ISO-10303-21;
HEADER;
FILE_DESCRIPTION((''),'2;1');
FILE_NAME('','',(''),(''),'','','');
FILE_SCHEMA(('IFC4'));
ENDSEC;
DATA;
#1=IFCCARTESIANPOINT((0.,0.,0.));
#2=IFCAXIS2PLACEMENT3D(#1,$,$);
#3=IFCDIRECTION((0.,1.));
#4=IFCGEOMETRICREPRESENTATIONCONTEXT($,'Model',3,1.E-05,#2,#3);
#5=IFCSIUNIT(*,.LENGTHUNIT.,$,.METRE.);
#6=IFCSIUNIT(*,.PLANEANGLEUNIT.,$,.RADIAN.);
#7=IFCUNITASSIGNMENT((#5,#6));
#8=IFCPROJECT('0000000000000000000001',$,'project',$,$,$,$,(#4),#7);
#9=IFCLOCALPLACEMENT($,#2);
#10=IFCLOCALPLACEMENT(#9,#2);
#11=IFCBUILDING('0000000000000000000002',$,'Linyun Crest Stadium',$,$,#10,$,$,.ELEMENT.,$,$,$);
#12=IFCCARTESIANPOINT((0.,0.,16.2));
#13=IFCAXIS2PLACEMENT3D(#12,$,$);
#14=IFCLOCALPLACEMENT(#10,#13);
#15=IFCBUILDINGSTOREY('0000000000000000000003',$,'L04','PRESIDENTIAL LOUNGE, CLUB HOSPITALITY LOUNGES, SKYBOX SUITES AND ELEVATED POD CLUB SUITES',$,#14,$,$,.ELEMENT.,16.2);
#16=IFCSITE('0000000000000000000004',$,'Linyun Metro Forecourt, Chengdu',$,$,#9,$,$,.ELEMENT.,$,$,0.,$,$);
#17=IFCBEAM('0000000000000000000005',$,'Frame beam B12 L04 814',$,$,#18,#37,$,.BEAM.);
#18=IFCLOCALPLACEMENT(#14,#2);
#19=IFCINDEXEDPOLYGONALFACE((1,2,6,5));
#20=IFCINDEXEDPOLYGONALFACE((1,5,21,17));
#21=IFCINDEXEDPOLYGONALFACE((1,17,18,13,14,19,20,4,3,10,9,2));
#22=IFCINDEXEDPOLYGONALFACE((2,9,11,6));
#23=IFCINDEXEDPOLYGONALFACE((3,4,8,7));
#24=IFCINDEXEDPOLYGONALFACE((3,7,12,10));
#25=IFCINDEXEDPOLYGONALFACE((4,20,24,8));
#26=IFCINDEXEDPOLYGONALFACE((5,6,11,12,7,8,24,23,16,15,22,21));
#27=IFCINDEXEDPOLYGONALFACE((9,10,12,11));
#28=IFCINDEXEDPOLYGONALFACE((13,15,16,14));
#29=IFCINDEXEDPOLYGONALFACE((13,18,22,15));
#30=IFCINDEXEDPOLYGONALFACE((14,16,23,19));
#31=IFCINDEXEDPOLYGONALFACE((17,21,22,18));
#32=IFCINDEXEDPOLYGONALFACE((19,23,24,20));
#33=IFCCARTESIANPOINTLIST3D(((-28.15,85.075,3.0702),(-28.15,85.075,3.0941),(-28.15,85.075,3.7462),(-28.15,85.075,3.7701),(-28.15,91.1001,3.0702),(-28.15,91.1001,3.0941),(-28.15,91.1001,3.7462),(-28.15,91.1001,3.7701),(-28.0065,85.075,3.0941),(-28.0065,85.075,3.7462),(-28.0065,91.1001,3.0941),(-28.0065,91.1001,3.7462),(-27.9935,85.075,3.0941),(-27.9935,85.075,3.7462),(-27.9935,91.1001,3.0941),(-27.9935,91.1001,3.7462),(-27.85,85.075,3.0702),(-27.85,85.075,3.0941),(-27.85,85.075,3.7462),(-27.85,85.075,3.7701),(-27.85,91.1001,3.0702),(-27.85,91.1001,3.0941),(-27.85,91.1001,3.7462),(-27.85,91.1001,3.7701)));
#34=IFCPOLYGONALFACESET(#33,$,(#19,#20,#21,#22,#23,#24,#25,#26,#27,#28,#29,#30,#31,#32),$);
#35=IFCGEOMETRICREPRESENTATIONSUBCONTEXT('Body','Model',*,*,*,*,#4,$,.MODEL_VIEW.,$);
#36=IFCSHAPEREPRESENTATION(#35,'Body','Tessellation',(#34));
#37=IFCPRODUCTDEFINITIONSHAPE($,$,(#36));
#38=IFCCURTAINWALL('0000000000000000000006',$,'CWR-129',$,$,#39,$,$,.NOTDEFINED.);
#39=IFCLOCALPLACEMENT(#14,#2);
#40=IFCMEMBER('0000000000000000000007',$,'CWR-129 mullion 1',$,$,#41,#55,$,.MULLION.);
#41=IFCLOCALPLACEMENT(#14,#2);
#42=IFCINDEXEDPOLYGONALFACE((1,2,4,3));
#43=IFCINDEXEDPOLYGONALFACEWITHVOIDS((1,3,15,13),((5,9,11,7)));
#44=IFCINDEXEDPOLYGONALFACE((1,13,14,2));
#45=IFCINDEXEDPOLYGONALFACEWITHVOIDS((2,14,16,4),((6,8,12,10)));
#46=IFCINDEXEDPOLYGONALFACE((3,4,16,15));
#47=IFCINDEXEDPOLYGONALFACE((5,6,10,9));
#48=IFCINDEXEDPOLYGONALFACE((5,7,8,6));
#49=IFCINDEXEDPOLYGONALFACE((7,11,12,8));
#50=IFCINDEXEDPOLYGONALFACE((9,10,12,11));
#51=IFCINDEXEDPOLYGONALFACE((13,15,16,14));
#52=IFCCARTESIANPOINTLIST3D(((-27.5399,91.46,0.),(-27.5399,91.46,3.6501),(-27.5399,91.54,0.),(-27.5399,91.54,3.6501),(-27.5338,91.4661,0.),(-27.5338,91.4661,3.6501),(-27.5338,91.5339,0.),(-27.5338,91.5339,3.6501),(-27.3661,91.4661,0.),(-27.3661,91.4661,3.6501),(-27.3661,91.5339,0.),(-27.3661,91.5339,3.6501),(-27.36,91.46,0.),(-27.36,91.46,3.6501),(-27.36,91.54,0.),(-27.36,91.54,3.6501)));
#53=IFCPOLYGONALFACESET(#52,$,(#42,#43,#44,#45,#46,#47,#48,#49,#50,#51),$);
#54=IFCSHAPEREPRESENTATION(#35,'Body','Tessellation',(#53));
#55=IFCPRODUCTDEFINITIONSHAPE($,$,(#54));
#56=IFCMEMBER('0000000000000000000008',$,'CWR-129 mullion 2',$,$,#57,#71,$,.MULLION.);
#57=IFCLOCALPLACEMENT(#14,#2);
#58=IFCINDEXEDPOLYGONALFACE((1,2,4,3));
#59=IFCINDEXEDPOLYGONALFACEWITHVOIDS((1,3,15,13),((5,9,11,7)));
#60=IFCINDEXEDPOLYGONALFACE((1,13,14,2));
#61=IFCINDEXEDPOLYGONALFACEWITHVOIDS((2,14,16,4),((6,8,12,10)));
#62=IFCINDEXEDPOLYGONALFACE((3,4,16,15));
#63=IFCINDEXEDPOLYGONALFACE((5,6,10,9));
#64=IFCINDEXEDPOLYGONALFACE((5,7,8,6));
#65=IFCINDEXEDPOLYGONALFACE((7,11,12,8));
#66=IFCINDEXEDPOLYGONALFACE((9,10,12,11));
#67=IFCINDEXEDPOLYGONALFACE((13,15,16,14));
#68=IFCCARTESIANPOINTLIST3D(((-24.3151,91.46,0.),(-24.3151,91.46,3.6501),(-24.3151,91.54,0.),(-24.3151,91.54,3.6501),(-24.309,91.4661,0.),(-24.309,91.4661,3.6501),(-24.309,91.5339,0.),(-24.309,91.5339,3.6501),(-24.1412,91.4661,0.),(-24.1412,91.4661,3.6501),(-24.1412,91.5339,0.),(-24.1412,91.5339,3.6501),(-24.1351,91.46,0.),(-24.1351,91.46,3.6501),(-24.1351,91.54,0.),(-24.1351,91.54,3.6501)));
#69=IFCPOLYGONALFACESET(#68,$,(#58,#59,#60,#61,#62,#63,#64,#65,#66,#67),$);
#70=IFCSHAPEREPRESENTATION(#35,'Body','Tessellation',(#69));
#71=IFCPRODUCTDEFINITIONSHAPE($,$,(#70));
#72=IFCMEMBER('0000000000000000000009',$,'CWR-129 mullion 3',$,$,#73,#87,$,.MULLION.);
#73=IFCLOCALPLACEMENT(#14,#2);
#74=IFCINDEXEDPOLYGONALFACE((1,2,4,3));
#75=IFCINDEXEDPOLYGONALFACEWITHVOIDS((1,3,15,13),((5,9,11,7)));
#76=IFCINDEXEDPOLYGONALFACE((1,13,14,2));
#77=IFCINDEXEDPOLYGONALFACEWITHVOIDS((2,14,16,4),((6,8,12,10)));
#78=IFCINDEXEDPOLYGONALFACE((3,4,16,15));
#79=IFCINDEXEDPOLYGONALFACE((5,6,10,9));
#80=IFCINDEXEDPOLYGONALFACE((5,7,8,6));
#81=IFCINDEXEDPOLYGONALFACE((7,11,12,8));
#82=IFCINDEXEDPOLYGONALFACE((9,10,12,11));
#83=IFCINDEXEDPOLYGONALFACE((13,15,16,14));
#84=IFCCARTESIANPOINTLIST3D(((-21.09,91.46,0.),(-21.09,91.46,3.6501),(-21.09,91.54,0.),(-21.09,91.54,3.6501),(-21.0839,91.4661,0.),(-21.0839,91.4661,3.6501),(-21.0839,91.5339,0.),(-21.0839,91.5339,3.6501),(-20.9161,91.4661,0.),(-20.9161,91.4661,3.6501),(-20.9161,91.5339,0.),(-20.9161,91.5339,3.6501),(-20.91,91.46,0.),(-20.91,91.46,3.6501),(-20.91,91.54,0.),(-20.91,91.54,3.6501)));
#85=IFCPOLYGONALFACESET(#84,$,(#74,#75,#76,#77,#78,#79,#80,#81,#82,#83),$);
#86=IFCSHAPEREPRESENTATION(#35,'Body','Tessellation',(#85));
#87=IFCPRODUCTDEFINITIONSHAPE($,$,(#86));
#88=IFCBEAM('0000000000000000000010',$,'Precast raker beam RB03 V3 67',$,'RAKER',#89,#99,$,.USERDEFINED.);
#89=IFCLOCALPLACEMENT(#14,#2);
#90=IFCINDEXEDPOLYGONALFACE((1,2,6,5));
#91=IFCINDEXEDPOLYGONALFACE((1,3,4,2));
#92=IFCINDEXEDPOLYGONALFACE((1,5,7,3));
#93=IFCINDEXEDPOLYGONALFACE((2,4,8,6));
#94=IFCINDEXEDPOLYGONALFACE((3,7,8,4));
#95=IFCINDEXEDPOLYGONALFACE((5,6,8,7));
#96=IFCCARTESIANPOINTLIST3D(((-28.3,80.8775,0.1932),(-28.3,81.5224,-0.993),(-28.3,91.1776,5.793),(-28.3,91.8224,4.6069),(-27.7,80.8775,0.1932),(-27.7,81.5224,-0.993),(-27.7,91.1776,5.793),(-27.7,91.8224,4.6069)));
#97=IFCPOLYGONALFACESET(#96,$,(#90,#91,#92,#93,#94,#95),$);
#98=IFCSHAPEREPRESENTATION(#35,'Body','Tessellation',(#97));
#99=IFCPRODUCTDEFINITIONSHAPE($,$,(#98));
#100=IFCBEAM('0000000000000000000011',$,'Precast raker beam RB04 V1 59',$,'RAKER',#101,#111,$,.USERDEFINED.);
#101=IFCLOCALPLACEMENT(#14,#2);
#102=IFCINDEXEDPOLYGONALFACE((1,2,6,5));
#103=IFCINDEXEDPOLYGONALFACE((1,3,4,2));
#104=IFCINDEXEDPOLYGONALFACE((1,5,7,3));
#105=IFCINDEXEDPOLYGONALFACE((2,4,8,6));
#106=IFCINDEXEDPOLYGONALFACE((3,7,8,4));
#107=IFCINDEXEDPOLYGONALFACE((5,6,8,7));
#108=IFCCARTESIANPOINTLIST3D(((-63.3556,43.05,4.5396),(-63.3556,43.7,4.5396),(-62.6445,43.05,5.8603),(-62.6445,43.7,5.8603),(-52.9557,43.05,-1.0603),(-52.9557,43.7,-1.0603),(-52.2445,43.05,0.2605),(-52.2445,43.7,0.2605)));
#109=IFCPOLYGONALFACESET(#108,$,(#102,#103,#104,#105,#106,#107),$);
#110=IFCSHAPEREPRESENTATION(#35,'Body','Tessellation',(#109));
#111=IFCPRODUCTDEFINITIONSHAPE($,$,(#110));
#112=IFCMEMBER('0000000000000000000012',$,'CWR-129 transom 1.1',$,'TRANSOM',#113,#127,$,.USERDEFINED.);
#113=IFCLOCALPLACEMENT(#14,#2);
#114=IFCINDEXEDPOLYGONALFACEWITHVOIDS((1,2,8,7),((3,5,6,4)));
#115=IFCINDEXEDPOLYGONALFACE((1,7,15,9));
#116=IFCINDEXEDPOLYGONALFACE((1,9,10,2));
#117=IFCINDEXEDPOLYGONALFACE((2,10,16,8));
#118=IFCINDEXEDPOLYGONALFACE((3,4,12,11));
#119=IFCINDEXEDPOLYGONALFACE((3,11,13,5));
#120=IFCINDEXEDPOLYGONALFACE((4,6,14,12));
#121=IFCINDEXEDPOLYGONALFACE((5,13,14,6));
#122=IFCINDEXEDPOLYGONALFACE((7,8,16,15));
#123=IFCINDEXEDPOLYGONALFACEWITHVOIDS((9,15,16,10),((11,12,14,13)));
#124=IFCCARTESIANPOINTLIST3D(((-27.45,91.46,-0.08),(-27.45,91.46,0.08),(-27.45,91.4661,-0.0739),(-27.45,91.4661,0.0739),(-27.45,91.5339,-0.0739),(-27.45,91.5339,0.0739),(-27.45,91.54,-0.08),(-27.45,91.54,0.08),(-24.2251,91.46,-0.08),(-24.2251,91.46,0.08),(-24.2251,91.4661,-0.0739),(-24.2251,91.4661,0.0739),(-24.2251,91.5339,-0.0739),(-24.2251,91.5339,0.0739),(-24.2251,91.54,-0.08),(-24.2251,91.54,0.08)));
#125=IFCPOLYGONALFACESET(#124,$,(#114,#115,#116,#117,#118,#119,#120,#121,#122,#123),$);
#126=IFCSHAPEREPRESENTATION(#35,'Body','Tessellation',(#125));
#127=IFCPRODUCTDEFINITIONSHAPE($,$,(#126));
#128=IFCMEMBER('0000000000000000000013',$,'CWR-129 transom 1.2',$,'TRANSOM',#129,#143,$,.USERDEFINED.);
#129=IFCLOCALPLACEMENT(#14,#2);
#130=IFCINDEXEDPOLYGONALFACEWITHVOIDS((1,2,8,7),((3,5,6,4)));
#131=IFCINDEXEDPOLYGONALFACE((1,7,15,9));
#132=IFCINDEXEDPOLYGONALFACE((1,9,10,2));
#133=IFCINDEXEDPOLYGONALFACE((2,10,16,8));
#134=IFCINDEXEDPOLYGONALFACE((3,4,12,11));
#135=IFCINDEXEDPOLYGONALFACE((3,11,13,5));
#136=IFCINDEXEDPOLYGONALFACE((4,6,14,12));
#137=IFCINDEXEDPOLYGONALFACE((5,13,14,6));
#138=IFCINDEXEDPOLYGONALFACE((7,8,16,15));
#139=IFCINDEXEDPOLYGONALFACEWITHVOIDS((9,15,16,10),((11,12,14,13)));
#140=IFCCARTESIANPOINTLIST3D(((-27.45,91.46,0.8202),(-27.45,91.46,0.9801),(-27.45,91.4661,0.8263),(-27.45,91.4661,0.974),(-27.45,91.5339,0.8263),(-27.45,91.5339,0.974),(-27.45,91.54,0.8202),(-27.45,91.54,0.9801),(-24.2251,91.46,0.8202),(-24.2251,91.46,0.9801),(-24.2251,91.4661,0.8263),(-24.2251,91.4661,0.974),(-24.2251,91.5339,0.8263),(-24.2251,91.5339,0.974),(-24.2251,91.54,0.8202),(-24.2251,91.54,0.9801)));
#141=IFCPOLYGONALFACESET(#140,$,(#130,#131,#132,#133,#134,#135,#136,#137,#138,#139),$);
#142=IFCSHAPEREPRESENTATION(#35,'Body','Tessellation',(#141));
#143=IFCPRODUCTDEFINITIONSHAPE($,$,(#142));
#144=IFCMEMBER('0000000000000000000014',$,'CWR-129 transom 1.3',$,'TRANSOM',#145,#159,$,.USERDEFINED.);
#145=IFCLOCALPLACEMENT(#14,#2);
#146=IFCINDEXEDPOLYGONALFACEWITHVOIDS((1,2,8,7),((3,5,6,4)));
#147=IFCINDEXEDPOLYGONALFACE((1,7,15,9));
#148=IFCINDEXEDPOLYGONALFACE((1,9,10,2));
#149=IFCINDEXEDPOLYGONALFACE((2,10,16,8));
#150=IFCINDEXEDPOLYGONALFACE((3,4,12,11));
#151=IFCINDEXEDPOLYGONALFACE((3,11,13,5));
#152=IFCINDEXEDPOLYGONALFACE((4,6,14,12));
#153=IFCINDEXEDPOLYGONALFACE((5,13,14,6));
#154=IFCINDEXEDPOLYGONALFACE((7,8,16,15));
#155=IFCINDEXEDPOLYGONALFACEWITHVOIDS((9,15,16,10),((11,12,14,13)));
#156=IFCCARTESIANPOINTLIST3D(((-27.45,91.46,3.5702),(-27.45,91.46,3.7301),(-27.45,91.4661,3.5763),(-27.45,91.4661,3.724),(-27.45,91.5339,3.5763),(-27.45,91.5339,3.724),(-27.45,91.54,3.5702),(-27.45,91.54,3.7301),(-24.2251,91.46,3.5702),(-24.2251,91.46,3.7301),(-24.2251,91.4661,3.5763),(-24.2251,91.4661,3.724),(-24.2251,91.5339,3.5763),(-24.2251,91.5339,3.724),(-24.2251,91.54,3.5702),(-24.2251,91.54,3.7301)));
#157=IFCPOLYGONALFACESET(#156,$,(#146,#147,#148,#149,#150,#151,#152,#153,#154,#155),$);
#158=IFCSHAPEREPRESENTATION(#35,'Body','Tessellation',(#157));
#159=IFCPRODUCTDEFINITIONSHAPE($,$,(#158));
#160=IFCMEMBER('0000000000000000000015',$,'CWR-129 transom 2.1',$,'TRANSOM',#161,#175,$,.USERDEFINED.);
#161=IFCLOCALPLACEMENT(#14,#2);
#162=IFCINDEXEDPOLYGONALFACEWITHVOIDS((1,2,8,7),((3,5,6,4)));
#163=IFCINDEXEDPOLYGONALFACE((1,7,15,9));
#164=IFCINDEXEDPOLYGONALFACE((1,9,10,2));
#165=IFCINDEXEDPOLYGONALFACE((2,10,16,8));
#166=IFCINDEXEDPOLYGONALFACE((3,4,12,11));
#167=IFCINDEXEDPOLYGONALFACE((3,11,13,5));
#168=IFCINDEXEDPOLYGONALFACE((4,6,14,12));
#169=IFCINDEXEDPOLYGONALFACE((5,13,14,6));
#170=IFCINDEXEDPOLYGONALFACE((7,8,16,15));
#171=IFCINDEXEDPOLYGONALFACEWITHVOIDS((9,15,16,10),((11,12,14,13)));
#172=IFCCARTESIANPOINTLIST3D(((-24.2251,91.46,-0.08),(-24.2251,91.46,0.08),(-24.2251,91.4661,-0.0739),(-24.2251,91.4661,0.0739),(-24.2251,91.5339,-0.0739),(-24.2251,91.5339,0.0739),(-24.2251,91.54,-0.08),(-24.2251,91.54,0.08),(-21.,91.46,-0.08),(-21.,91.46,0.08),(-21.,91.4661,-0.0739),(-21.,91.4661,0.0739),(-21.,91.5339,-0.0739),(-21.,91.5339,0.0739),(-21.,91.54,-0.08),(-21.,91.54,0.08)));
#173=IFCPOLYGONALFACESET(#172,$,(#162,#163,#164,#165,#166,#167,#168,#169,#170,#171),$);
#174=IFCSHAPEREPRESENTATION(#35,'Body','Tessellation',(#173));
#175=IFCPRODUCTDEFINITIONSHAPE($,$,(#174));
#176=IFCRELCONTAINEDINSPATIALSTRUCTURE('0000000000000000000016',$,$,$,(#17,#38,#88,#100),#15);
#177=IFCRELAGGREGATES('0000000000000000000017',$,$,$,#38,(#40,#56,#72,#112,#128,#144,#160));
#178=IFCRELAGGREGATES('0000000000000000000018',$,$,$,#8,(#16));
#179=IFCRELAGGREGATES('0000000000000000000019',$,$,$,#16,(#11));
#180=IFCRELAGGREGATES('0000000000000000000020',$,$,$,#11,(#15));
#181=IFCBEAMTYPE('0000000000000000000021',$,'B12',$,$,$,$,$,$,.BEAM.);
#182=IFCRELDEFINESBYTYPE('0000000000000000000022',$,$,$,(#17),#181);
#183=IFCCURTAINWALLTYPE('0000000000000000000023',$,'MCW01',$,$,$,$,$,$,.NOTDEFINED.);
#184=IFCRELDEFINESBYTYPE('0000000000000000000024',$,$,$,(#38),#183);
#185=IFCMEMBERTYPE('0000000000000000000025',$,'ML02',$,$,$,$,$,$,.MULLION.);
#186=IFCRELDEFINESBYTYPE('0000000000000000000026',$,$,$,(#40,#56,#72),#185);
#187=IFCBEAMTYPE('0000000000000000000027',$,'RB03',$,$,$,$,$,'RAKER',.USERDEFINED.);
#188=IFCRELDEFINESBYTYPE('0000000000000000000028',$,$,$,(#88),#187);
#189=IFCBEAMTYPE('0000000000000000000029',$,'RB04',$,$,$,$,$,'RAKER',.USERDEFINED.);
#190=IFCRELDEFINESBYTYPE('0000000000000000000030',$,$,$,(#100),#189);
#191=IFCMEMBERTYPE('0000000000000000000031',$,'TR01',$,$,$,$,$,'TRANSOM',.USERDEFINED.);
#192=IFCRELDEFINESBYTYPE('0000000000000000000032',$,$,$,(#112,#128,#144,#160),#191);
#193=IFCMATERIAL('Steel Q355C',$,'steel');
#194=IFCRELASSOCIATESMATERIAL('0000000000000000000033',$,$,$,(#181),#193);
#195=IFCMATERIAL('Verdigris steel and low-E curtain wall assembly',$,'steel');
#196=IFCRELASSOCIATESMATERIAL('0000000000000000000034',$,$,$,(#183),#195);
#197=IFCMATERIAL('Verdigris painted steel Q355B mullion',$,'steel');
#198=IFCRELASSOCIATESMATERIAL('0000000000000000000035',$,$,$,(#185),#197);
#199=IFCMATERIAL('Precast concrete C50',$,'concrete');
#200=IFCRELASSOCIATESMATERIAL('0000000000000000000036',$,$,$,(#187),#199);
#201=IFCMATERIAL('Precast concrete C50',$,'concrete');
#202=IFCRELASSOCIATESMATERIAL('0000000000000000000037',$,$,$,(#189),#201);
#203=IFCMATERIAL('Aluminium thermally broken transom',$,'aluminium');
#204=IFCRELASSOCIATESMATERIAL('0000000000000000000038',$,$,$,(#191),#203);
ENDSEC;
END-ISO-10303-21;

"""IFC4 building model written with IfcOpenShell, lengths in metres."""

from ifc_helpers import new_model, si_unit, direction, frame, origin, origin_2d, place, context, subcontext, project, spatial, rectangle, hollow_rectangle, i_section, extrude, material, material_profile, profile_set, type_object, element, aggregate, save


model = new_model("IFC4")

# Units and contexts
model_context = context("Model", 3, precision=1e-05, world=origin(), true_north=direction((0.0, 1.0)))
body_context = subcontext(model_context, "Body", "Model", "MODEL_VIEW")
ifc_project = project(units=[si_unit("LENGTHUNIT", "METRE"), si_unit("PLANEANGLEUNIT", "RADIAN")], contexts=[model_context])

# Site, building, storey
site_placement = place(None, origin())
site = spatial("IfcSite", under=ifc_project, at=site_placement, Name="Linyun Metro Forecourt, Chengdu", CompositionType="ELEMENT", RefElevation=0.0)
building_placement = place(site_placement, origin())
building = spatial("IfcBuilding", under=site, at=building_placement, Name="Linyun Crest Stadium", CompositionType="ELEMENT")
storey_placement = place(building_placement, frame((0.0, 0.0, 16.2)))
storey = spatial("IfcBuildingStorey", under=building, at=storey_placement, Name="L04", Description="PRESIDENTIAL LOUNGE, CLUB HOSPITALITY LOUNGES, SKYBOX SUITES AND ELEVATED POD CLUB SUITES", CompositionType="ELEMENT", Elevation=16.2)

# Beam
ifc_material_1 = material(Name="Steel Q355C", Category="steel")
ifc_material_profile_1 = material_profile(ifc_material_1, i_section(OverallWidth=0.3, OverallDepth=0.7, WebThickness=0.0129, FlangeThickness=0.0239, at=origin_2d()), Name="HN 700x300")
ifc_profile_set_1 = profile_set([ifc_material_profile_1], Name="Steel Q355C")
beam_type_1 = type_object("IfcBeamType", Name="B12", PredefinedType="BEAM", material=ifc_profile_set_1)
beam_1_placement = place(storey_placement, frame((-28.0, 85.075, 3.4202), z_axis=(0.0, 1.0, 0.0), x_axis=(-1.0, 0.0, 0.0)))
element("IfcBeam", 1, at=beam_1_placement, inside=storey, type_object=beam_type_1, Name="Frame beam B12 L04 814", PredefinedType="BEAM", context=body_context, shape_type="SweptSolid", body=[
    extrude(i_section(OverallWidth=0.3, OverallDepth=0.7, WebThickness=0.0129, FlangeThickness=0.0239, at=origin_2d()), origin(), (0.0, 0.0, 1.0), 6.0251),
])

# Curtain wall, members
ifc_material_2 = material(Name="Verdigris steel and low-E curtain wall assembly", Category="steel")
curtain_wall_type_1 = type_object("IfcCurtainWallType", Name="MCW01", PredefinedType="NOTDEFINED", material=ifc_material_2)
curtain_wall_1_placement = place(storey_placement, origin())
curtain_wall_1 = element("IfcCurtainWall", 2, at=curtain_wall_1_placement, inside=storey, type_object=curtain_wall_type_1, Name="CWR-129", PredefinedType="NOTDEFINED")
ifc_material_3 = material(Name="Verdigris painted steel Q355B mullion", Category="steel")
ifc_material_profile_2 = material_profile(ifc_material_3, hollow_rectangle(XDim=0.0801, YDim=0.1799, WallThickness=0.0061, at=origin_2d()), Name="RHS 180x80x6")
ifc_profile_set_2 = profile_set([ifc_material_profile_2], Name="Verdigris painted steel Q355B mullion")
member_type_1 = type_object("IfcMemberType", Name="ML02", PredefinedType="MULLION", material=ifc_profile_set_2)
member_1_placement = place(storey_placement, frame((-27.45, 91.5, 0.0), z_axis=(0.0, 0.0, 1.0), x_axis=(0.0, 1.0, 0.0)))
member_1 = element("IfcMember", 3, at=member_1_placement, type_object=member_type_1, Name="CWR-129 mullion 1", PredefinedType="MULLION", context=body_context, shape_type="SweptSolid", body=[
    extrude(hollow_rectangle(XDim=0.0801, YDim=0.1799, WallThickness=0.0061, at=origin_2d()), origin(), (0.0, 0.0, 1.0), 3.6501),
])
member_2_placement = place(storey_placement, frame((-24.2251, 91.5, 0.0), z_axis=(0.0, 0.0, 1.0), x_axis=(0.0, 1.0, 0.0)))
member_2 = element("IfcMember", 4, at=member_2_placement, type_object=member_type_1, Name="CWR-129 mullion 2", PredefinedType="MULLION", context=body_context, shape_type="SweptSolid", body=[
    extrude(hollow_rectangle(XDim=0.0801, YDim=0.1799, WallThickness=0.0061, at=origin_2d()), origin(), (0.0, 0.0, 1.0), 3.6501),
])
member_3_placement = place(storey_placement, frame((-21.0, 91.5, 0.0), z_axis=(0.0, 0.0, 1.0), x_axis=(0.0, 1.0, 0.0)))
member_3 = element("IfcMember", 5, at=member_3_placement, type_object=member_type_1, Name="CWR-129 mullion 3", PredefinedType="MULLION", context=body_context, shape_type="SweptSolid", body=[
    extrude(hollow_rectangle(XDim=0.0801, YDim=0.1799, WallThickness=0.0061, at=origin_2d()), origin(), (0.0, 0.0, 1.0), 3.6501),
])

# Beams
ifc_material_4 = material(Name="Precast concrete C50", Category="concrete")
ifc_material_profile_3 = material_profile(ifc_material_4, rectangle(XDim=0.6001, YDim=1.3501, at=origin_2d()), Name="PCR 1350x600")
ifc_profile_set_3 = profile_set([ifc_material_profile_3], Name="Precast concrete C50")
beam_type_2 = type_object("IfcBeamType", Name="RB03", ElementType="RAKER", PredefinedType="USERDEFINED", material=ifc_profile_set_3)
beam_2_placement = place(storey_placement, frame((-28.0, 81.2, -0.3999), z_axis=(0.0, 0.878553, 0.477645), x_axis=(-1.0, 0.0, 0.0)))
element("IfcBeam", 6, at=beam_2_placement, inside=storey, type_object=beam_type_2, Name="Precast raker beam RB03 V3 67", ObjectType="RAKER", PredefinedType="USERDEFINED", context=body_context, shape_type="SweptSolid", body=[
    extrude(rectangle(XDim=0.6001, YDim=1.3501, at=origin_2d()), origin(), (0.0, 0.0, 1.0), 11.7239),
])
ifc_material_5 = material(Name="Precast concrete C50", Category="concrete")
ifc_material_profile_4 = material_profile(ifc_material_5, rectangle(XDim=0.6499, YDim=1.5, at=origin_2d()), Name="PCR 1500x650")
ifc_profile_set_4 = profile_set([ifc_material_profile_4], Name="Precast concrete C50")
beam_type_3 = type_object("IfcBeamType", Name="RB04", ElementType="RAKER", PredefinedType="USERDEFINED", material=ifc_profile_set_4)
beam_3_placement = place(storey_placement, frame((-52.6001, 43.375, -0.3999), z_axis=(-0.880474, 0.0, 0.474094), x_axis=(0.0, -1.0, 0.0)))
element("IfcBeam", 7, at=beam_3_placement, inside=storey, type_object=beam_type_3, Name="Precast raker beam RB04 V1 59", ObjectType="RAKER", PredefinedType="USERDEFINED", context=body_context, shape_type="SweptSolid", body=[
    extrude(rectangle(XDim=0.6499, YDim=1.5, at=origin_2d()), origin(), (0.0, 0.0, 1.0), 11.8118),
])

# Members
ifc_material_6 = material(Name="Aluminium thermally broken transom", Category="aluminium")
ifc_material_profile_5 = material_profile(ifc_material_6, hollow_rectangle(XDim=0.0801, YDim=0.1599, WallThickness=0.0061, at=origin_2d()), Name="RHS 160x80x6")
ifc_profile_set_5 = profile_set([ifc_material_profile_5], Name="Aluminium thermally broken transom")
member_type_2 = type_object("IfcMemberType", Name="TR01", ElementType="TRANSOM", PredefinedType="USERDEFINED", material=ifc_profile_set_5)
member_4_placement = place(storey_placement, frame((-27.45, 91.5, 0.0), z_axis=(1.0, 0.0, 0.0), x_axis=(0.0, 1.0, 0.0)))
member_4 = element("IfcMember", 8, at=member_4_placement, type_object=member_type_2, Name="CWR-129 transom 1.1", ObjectType="TRANSOM", PredefinedType="USERDEFINED", context=body_context, shape_type="SweptSolid", body=[
    extrude(hollow_rectangle(XDim=0.0801, YDim=0.1599, WallThickness=0.0061, at=origin_2d()), origin(), (0.0, 0.0, 1.0), 3.2249),
])
member_5_placement = place(storey_placement, frame((-27.45, 91.5, 0.9001), z_axis=(1.0, 0.0, 0.0), x_axis=(0.0, 1.0, 0.0)))
member_5 = element("IfcMember", 9, at=member_5_placement, type_object=member_type_2, Name="CWR-129 transom 1.2", ObjectType="TRANSOM", PredefinedType="USERDEFINED", context=body_context, shape_type="SweptSolid", body=[
    extrude(hollow_rectangle(XDim=0.0801, YDim=0.1599, WallThickness=0.0061, at=origin_2d()), origin(), (0.0, 0.0, 1.0), 3.2249),
])
member_6_placement = place(storey_placement, frame((-27.45, 91.5, 3.6501), z_axis=(1.0, 0.0, 0.0), x_axis=(0.0, 1.0, 0.0)))
member_6 = element("IfcMember", 10, at=member_6_placement, type_object=member_type_2, Name="CWR-129 transom 1.3", ObjectType="TRANSOM", PredefinedType="USERDEFINED", context=body_context, shape_type="SweptSolid", body=[
    extrude(hollow_rectangle(XDim=0.0801, YDim=0.1599, WallThickness=0.0061, at=origin_2d()), origin(), (0.0, 0.0, 1.0), 3.2249),
])
member_7_placement = place(storey_placement, frame((-24.2251, 91.5, 0.0), z_axis=(1.0, 0.0, 0.0), x_axis=(0.0, 1.0, 0.0)))
member_7 = element("IfcMember", 11, at=member_7_placement, type_object=member_type_2, Name="CWR-129 transom 2.1", ObjectType="TRANSOM", PredefinedType="USERDEFINED", context=body_context, shape_type="SweptSolid", body=[
    extrude(hollow_rectangle(XDim=0.0801, YDim=0.1599, WallThickness=0.0061, at=origin_2d()), origin(), (0.0, 0.0, 1.0), 3.2251),
])

aggregate(curtain_wall_1, [member_1, member_2, member_3, member_4, member_5, member_6, member_7])

save(model, "model.ifc")
